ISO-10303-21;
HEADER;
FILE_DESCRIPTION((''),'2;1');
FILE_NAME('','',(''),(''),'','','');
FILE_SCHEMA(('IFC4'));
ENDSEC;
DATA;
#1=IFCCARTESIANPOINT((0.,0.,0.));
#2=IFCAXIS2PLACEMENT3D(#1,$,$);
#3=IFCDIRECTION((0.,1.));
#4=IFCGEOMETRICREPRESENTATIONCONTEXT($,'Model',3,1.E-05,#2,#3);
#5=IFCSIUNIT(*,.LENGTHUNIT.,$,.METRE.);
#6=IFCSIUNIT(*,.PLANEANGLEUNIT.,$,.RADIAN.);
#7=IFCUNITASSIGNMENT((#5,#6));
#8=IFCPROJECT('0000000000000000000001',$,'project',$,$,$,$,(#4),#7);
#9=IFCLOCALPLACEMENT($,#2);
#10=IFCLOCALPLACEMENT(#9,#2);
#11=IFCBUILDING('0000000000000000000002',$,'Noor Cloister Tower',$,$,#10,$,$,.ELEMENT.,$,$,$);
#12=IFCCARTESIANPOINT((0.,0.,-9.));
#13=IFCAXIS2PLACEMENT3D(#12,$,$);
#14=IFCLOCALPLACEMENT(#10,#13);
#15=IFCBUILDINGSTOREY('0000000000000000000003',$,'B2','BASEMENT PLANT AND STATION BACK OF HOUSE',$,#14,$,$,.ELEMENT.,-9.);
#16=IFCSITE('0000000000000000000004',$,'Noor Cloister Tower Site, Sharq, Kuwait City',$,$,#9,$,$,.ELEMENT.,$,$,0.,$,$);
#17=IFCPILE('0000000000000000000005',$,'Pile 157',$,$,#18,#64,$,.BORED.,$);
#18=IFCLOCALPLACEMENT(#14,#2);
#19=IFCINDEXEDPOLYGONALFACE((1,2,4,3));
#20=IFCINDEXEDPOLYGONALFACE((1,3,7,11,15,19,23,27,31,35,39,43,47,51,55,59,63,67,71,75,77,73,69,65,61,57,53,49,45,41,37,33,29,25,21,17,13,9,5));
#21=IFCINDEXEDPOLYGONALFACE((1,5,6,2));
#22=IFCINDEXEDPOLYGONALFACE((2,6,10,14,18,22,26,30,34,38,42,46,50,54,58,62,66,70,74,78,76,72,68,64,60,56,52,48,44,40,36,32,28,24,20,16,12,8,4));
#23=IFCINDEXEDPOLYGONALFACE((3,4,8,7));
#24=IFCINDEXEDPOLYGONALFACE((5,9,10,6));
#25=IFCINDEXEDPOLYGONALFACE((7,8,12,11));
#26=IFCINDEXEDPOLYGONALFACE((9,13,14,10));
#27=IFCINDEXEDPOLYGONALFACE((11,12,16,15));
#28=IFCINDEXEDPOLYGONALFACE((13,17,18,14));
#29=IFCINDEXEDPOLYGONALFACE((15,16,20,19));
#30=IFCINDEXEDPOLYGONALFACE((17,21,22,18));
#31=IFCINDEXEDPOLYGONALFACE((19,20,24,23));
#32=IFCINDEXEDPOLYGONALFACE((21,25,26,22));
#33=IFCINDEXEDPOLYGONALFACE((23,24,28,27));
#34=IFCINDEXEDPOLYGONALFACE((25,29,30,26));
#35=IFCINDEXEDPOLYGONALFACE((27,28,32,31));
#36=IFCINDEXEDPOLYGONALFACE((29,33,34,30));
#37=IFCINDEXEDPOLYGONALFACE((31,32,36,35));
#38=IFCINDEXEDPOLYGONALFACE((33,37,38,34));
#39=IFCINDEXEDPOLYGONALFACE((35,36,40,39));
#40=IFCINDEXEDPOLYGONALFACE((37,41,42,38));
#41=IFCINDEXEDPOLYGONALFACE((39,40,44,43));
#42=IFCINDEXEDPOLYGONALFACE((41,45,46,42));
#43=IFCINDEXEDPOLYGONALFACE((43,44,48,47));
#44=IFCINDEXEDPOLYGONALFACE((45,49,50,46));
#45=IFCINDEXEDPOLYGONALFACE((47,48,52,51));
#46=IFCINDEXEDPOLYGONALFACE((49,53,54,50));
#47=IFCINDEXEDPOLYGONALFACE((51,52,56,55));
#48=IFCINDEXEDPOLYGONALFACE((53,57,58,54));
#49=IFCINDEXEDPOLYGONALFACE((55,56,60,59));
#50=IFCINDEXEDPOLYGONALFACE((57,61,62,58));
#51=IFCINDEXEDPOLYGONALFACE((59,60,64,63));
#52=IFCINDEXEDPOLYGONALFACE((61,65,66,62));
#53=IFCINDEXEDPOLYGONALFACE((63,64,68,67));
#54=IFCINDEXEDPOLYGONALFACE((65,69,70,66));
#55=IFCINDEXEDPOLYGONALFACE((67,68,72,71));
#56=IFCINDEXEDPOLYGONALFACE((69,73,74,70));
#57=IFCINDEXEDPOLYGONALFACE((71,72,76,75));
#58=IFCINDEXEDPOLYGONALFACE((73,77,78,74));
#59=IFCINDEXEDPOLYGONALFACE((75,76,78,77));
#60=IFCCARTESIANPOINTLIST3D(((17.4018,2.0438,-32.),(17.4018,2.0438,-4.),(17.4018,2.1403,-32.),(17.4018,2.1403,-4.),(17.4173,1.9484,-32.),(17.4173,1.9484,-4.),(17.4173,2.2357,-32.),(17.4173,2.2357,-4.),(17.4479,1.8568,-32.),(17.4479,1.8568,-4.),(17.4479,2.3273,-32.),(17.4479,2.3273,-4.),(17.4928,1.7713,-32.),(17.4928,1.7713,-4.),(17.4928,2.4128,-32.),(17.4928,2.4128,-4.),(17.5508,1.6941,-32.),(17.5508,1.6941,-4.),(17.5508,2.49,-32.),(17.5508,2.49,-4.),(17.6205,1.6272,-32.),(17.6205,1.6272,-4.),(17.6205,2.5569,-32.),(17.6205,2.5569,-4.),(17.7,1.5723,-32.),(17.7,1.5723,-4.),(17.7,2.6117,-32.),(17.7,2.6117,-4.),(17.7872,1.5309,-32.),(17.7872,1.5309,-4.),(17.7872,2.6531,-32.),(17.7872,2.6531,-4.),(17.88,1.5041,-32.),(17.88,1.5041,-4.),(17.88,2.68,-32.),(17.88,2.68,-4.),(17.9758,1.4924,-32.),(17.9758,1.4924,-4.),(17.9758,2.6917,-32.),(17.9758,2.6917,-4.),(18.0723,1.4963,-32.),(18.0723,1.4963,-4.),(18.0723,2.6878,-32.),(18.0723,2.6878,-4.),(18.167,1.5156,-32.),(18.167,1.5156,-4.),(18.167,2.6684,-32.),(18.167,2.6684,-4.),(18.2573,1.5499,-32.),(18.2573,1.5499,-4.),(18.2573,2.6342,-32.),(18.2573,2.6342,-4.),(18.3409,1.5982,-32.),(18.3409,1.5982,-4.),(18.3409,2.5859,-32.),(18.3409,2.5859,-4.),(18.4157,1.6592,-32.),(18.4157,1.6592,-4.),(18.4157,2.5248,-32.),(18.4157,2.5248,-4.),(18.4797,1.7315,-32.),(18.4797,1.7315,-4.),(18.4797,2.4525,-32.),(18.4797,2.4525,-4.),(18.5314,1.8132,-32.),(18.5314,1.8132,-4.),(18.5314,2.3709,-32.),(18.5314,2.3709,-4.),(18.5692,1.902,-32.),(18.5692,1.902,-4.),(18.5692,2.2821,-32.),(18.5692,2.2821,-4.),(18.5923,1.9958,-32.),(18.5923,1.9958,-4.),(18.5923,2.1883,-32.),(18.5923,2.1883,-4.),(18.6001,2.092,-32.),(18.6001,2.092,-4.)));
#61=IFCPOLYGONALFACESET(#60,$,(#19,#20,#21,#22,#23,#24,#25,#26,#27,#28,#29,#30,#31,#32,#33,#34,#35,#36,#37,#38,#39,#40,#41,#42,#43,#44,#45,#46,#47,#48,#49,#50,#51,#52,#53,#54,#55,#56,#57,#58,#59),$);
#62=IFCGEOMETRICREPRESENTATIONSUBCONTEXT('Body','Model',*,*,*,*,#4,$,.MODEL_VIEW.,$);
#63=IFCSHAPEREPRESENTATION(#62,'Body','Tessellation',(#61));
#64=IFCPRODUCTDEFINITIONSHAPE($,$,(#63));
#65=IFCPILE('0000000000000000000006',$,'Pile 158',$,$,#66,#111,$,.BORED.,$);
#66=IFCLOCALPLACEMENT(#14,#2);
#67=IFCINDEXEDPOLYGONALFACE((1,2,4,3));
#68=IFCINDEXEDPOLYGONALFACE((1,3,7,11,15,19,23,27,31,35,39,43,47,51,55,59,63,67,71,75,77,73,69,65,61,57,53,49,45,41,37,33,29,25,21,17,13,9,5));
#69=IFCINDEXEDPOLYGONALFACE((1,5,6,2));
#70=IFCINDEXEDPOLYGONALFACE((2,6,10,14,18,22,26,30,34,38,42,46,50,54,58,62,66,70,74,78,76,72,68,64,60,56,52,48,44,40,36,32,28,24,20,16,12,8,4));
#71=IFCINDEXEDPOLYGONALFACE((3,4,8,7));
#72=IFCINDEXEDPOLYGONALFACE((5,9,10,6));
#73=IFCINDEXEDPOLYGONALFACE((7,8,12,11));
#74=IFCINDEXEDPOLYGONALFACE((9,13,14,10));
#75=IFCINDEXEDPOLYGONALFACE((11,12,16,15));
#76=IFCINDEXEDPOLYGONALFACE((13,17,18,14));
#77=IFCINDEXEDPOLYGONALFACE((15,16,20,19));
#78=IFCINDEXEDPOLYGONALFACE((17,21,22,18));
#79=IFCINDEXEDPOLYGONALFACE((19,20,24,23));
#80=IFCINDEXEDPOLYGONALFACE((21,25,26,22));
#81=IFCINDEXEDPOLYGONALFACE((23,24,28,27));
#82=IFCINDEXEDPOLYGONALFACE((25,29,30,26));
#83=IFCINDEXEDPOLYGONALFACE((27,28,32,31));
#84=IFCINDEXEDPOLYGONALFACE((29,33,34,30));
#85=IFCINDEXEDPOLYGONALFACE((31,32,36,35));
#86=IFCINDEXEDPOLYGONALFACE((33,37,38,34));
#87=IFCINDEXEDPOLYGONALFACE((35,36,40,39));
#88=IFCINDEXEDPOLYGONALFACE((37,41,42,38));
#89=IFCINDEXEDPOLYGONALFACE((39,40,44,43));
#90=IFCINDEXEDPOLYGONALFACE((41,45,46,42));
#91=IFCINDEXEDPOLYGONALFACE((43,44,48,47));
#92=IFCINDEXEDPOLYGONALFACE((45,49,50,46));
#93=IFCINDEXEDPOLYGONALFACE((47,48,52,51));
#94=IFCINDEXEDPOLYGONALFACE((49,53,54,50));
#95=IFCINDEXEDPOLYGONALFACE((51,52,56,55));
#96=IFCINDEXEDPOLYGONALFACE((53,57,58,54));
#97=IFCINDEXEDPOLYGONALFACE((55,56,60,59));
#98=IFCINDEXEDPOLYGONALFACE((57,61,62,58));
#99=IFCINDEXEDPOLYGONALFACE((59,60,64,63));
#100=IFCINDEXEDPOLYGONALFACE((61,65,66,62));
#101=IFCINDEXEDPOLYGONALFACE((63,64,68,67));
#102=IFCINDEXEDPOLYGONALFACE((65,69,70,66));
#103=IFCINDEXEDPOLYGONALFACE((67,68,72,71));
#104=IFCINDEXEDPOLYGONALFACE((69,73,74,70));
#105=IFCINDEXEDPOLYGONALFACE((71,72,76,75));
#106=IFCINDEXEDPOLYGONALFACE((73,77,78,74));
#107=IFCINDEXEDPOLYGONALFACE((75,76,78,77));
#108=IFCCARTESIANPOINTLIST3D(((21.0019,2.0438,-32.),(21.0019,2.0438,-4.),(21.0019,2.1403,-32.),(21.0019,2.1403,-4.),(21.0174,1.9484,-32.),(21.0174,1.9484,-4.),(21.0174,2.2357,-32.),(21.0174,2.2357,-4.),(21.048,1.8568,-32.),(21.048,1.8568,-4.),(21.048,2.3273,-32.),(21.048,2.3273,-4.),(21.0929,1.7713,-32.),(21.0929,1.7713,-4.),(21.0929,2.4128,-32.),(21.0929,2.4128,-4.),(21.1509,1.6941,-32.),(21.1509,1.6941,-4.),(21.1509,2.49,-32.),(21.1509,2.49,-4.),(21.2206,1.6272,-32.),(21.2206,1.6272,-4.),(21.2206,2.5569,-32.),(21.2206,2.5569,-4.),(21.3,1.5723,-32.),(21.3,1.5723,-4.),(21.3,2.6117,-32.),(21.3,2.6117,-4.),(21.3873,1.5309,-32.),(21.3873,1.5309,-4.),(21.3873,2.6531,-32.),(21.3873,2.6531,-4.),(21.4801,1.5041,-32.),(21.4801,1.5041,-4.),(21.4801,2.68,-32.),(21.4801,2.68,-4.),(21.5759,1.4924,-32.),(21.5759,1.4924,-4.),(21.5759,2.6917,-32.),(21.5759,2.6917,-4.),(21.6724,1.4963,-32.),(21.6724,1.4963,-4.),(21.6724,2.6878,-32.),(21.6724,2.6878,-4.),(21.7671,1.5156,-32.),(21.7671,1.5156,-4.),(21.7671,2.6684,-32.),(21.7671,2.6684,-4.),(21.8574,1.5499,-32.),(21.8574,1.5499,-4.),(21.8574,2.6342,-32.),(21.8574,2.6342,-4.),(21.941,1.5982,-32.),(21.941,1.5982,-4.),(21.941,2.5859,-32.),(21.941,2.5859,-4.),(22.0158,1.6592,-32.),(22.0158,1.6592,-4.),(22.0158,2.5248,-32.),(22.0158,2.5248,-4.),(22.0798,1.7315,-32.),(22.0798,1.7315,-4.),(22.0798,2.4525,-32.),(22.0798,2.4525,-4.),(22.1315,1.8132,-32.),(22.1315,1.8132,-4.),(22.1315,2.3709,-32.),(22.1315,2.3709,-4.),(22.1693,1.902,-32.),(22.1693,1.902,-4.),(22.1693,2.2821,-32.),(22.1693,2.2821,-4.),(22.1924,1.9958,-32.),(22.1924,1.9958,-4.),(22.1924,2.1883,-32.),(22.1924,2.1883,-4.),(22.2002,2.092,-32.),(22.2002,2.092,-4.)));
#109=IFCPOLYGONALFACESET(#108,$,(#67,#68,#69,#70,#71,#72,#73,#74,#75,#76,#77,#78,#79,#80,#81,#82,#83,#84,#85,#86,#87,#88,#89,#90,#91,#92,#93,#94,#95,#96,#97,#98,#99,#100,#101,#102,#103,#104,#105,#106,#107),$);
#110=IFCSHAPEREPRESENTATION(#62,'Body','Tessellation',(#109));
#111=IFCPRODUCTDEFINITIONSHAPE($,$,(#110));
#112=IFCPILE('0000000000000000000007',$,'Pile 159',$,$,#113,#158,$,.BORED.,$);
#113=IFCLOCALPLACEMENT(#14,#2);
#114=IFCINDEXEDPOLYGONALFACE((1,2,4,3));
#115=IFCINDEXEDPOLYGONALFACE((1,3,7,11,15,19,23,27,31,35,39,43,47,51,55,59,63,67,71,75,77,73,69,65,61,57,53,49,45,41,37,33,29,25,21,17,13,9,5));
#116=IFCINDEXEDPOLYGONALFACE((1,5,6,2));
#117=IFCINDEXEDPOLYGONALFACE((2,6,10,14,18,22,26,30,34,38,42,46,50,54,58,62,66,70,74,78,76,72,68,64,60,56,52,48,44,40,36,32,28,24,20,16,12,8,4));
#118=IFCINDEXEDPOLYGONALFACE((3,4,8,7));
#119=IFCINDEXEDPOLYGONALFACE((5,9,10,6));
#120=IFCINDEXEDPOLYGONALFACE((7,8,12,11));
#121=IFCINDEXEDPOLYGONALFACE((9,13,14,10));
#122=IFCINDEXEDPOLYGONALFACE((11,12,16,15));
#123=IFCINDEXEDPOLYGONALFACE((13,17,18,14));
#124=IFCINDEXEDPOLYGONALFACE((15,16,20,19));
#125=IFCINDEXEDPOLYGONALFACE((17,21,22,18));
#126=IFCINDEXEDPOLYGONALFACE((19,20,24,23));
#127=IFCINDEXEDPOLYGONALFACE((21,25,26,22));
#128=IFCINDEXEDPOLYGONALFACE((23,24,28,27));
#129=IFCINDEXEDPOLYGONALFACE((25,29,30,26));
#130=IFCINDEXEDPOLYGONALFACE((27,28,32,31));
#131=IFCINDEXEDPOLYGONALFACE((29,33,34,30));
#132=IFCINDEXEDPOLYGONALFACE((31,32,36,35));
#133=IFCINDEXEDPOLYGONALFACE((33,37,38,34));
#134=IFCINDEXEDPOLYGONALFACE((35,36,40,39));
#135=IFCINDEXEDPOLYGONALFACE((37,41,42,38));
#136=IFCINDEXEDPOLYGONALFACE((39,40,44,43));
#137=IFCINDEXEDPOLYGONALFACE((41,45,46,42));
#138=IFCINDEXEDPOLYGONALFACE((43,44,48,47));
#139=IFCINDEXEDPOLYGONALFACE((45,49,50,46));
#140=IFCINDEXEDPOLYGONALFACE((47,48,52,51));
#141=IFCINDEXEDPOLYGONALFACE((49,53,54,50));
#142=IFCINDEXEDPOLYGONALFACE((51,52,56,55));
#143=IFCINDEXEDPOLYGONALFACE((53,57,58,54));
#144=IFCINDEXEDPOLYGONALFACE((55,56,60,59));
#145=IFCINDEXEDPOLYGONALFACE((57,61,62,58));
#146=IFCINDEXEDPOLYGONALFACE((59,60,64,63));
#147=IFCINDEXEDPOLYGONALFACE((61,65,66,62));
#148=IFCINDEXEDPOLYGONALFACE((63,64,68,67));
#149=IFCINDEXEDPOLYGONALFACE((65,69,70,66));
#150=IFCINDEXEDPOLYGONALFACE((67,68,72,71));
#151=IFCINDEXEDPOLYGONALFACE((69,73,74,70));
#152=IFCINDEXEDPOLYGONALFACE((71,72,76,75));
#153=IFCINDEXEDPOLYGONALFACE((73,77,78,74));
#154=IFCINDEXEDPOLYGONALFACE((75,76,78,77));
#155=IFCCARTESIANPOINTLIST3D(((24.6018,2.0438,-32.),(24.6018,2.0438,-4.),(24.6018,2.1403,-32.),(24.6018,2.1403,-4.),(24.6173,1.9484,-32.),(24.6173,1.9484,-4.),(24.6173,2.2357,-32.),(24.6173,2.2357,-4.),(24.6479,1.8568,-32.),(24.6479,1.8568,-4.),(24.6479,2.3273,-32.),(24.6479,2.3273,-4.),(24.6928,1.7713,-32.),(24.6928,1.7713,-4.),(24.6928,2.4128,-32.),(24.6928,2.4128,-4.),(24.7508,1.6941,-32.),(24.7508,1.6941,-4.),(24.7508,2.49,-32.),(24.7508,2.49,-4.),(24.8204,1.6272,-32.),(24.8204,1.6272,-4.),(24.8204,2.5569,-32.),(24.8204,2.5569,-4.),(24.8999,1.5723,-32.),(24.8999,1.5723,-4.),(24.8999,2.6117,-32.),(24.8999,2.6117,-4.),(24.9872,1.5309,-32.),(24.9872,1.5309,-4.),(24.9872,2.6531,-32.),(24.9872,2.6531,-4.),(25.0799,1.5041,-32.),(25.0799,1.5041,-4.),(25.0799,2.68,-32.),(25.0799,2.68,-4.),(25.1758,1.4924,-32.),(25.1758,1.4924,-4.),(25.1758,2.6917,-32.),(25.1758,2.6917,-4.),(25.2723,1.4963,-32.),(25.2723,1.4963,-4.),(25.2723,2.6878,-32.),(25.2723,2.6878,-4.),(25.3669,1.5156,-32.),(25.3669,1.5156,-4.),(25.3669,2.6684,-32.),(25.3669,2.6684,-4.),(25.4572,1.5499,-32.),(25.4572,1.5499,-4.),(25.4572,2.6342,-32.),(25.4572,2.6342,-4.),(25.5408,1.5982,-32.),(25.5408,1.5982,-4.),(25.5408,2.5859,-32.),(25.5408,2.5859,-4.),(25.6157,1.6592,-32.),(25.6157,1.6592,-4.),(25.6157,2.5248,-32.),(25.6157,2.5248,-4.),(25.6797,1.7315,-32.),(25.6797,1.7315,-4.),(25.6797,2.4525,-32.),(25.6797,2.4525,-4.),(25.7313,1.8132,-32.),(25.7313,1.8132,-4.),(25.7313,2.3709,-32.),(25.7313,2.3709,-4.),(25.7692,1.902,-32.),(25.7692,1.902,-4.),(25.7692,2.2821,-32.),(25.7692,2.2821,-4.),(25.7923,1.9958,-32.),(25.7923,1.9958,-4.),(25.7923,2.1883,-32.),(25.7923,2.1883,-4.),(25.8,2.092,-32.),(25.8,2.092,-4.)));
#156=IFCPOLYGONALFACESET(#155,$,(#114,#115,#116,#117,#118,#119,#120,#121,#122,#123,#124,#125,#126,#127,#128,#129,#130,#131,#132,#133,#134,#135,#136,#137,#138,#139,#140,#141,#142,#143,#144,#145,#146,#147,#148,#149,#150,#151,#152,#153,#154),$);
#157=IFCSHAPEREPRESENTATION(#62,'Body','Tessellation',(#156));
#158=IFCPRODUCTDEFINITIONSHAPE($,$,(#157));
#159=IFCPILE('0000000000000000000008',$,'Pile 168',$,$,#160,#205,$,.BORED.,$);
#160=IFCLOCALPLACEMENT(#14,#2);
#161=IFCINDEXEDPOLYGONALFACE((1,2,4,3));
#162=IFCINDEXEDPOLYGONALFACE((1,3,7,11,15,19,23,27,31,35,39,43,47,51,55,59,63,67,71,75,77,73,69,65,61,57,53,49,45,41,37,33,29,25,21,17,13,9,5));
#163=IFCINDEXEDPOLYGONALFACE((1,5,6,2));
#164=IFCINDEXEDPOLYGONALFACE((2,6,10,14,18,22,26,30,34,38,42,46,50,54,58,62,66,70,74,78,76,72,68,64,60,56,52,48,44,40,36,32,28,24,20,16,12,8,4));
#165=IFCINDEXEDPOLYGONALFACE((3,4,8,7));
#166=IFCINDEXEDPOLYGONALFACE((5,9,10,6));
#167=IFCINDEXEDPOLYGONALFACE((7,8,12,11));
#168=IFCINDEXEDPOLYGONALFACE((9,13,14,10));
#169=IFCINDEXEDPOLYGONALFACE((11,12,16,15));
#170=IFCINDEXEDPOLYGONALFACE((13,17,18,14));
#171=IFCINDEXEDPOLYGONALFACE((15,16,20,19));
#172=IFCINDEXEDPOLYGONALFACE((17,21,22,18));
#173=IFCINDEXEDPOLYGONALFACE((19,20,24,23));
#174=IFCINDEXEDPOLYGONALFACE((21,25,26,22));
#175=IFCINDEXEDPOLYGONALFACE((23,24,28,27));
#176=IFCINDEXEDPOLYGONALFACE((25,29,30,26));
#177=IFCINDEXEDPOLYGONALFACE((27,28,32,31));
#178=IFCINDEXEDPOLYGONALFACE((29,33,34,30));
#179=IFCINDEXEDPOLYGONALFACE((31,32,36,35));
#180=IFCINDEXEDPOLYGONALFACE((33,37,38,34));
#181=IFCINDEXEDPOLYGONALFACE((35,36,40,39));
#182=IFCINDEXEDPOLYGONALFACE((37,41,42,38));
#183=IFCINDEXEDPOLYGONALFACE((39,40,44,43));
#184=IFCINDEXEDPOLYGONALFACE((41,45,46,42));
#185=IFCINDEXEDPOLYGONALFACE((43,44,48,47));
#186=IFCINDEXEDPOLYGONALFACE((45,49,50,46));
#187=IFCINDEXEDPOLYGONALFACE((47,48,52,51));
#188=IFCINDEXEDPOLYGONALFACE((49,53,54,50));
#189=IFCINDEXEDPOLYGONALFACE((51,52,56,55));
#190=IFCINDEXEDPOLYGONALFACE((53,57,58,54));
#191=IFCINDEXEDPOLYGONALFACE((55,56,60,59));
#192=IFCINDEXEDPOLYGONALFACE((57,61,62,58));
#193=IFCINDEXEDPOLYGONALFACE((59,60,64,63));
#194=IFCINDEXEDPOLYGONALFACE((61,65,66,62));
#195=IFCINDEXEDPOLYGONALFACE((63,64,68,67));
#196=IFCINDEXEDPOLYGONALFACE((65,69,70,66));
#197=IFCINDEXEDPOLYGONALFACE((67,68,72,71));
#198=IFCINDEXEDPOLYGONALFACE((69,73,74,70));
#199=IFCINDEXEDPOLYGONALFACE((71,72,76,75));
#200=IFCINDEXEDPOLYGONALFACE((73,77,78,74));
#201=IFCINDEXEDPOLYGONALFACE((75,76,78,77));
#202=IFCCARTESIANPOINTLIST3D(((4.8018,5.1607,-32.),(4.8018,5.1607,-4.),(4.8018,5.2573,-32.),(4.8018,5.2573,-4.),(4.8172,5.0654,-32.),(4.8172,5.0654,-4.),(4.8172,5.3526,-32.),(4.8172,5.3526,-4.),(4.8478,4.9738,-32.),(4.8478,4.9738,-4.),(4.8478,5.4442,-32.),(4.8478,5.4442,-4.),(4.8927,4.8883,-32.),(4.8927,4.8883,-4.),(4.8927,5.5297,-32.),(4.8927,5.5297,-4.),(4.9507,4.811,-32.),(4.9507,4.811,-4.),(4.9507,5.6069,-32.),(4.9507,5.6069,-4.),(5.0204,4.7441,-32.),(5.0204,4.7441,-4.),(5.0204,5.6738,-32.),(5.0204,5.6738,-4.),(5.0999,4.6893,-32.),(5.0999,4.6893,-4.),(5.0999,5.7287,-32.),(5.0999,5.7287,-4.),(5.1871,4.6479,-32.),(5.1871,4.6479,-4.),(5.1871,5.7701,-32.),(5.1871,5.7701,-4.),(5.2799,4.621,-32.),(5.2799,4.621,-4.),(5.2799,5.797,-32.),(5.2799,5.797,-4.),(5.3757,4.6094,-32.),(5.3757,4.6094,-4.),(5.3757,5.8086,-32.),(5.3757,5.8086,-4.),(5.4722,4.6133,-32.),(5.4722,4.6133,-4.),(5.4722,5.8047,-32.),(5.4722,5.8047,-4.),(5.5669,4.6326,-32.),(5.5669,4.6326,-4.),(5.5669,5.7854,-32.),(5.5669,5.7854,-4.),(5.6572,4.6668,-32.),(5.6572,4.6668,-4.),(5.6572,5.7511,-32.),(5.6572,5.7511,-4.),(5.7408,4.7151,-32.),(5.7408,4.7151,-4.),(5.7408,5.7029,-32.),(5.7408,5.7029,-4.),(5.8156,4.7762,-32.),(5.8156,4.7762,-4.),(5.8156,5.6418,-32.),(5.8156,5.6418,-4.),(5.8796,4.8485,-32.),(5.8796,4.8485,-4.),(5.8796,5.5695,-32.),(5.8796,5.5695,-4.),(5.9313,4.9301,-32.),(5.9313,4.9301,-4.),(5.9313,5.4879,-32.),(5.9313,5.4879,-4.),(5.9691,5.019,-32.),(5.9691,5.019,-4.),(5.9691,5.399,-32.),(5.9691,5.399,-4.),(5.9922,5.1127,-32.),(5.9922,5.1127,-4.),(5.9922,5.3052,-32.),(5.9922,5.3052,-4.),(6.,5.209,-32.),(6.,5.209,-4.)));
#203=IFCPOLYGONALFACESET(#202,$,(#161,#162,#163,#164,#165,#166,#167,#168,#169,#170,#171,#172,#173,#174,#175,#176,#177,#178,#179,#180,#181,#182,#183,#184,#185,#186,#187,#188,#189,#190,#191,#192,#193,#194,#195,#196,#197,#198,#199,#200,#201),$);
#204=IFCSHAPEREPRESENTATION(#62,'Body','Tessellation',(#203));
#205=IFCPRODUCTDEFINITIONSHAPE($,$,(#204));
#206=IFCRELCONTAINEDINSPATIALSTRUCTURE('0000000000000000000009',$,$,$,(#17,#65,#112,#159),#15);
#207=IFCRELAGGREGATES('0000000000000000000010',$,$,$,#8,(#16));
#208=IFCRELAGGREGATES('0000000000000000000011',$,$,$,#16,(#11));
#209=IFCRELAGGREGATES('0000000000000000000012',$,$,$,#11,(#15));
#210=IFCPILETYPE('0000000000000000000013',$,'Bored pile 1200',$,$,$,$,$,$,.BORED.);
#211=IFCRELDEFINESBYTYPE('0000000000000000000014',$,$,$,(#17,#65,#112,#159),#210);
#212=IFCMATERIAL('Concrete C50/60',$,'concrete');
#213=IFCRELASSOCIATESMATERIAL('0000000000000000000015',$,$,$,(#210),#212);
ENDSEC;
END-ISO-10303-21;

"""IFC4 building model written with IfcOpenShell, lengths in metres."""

from ifc_helpers import new_model, si_unit, direction, frame, origin, origin_2d, place, context, subcontext, project, spatial, circle, extrude, material, material_profile, profile_set, type_object, element, save


model = new_model("IFC4")

# Units and contexts
model_context = context("Model", 3, precision=1e-05, world=origin(), true_north=direction((0.0, 1.0)))
body_context = subcontext(model_context, "Body", "Model", "MODEL_VIEW")
ifc_project = project(units=[si_unit("LENGTHUNIT", "METRE"), si_unit("PLANEANGLEUNIT", "RADIAN")], contexts=[model_context])

# Site, building, storey
site_placement = place(None, origin())
site = spatial("IfcSite", under=ifc_project, at=site_placement, Name="Noor Cloister Tower Site, Sharq, Kuwait City", CompositionType="ELEMENT", RefElevation=0.0)
building_placement = place(site_placement, origin())
building = spatial("IfcBuilding", under=site, at=building_placement, Name="Noor Cloister Tower", CompositionType="ELEMENT")
storey_placement = place(building_placement, frame((0.0, 0.0, -9.0)))
storey = spatial("IfcBuildingStorey", under=building, at=storey_placement, Name="B2", Description="BASEMENT PLANT AND STATION BACK OF HOUSE", CompositionType="ELEMENT", Elevation=-9.0)

# Piles
ifc_material_1 = material(Name="Concrete C50/60", Category="concrete")
ifc_material_profile_1 = material_profile(ifc_material_1, circle(Radius=0.6001, at=origin_2d()), Name="Bored pile 1200")
ifc_profile_set_1 = profile_set([ifc_material_profile_1], Name="Concrete C50/60")
pile_type = type_object("IfcPileType", Name="Bored pile 1200", PredefinedType="BORED", material=ifc_profile_set_1)
for number, where, z_axis, x_axis, name in (
    (1, (18.0, 2.092, -4.0), (0.0, 0.0, -1.0), (1.0, 0.0, 0.0), "Pile 157"),
    (2, (21.6001, 2.092, -4.0), (0.0, 0.0, -1.0), (1.0, 0.0, 0.0), "Pile 158"),
    (3, (25.2, 2.092, -4.0), (0.0, 0.0, -1.0), (1.0, 0.0, 0.0), "Pile 159"),
    (4, (5.3999, 5.209, -4.0), (0.0, 0.0, -1.0), (1.0, 0.0, 0.0), "Pile 168"),
):
    element("IfcPile", number, at=place(storey_placement, frame(where, z_axis=z_axis, x_axis=x_axis)), inside=storey, type_object=pile_type, Name=name, PredefinedType="BORED", context=body_context, shape_type="SweptSolid", body=[
        extrude(circle(Radius=0.6001, at=origin_2d()), origin(), (0.0, 0.0, 1.0), 28.0),
    ])

save(model, "model.ifc")
